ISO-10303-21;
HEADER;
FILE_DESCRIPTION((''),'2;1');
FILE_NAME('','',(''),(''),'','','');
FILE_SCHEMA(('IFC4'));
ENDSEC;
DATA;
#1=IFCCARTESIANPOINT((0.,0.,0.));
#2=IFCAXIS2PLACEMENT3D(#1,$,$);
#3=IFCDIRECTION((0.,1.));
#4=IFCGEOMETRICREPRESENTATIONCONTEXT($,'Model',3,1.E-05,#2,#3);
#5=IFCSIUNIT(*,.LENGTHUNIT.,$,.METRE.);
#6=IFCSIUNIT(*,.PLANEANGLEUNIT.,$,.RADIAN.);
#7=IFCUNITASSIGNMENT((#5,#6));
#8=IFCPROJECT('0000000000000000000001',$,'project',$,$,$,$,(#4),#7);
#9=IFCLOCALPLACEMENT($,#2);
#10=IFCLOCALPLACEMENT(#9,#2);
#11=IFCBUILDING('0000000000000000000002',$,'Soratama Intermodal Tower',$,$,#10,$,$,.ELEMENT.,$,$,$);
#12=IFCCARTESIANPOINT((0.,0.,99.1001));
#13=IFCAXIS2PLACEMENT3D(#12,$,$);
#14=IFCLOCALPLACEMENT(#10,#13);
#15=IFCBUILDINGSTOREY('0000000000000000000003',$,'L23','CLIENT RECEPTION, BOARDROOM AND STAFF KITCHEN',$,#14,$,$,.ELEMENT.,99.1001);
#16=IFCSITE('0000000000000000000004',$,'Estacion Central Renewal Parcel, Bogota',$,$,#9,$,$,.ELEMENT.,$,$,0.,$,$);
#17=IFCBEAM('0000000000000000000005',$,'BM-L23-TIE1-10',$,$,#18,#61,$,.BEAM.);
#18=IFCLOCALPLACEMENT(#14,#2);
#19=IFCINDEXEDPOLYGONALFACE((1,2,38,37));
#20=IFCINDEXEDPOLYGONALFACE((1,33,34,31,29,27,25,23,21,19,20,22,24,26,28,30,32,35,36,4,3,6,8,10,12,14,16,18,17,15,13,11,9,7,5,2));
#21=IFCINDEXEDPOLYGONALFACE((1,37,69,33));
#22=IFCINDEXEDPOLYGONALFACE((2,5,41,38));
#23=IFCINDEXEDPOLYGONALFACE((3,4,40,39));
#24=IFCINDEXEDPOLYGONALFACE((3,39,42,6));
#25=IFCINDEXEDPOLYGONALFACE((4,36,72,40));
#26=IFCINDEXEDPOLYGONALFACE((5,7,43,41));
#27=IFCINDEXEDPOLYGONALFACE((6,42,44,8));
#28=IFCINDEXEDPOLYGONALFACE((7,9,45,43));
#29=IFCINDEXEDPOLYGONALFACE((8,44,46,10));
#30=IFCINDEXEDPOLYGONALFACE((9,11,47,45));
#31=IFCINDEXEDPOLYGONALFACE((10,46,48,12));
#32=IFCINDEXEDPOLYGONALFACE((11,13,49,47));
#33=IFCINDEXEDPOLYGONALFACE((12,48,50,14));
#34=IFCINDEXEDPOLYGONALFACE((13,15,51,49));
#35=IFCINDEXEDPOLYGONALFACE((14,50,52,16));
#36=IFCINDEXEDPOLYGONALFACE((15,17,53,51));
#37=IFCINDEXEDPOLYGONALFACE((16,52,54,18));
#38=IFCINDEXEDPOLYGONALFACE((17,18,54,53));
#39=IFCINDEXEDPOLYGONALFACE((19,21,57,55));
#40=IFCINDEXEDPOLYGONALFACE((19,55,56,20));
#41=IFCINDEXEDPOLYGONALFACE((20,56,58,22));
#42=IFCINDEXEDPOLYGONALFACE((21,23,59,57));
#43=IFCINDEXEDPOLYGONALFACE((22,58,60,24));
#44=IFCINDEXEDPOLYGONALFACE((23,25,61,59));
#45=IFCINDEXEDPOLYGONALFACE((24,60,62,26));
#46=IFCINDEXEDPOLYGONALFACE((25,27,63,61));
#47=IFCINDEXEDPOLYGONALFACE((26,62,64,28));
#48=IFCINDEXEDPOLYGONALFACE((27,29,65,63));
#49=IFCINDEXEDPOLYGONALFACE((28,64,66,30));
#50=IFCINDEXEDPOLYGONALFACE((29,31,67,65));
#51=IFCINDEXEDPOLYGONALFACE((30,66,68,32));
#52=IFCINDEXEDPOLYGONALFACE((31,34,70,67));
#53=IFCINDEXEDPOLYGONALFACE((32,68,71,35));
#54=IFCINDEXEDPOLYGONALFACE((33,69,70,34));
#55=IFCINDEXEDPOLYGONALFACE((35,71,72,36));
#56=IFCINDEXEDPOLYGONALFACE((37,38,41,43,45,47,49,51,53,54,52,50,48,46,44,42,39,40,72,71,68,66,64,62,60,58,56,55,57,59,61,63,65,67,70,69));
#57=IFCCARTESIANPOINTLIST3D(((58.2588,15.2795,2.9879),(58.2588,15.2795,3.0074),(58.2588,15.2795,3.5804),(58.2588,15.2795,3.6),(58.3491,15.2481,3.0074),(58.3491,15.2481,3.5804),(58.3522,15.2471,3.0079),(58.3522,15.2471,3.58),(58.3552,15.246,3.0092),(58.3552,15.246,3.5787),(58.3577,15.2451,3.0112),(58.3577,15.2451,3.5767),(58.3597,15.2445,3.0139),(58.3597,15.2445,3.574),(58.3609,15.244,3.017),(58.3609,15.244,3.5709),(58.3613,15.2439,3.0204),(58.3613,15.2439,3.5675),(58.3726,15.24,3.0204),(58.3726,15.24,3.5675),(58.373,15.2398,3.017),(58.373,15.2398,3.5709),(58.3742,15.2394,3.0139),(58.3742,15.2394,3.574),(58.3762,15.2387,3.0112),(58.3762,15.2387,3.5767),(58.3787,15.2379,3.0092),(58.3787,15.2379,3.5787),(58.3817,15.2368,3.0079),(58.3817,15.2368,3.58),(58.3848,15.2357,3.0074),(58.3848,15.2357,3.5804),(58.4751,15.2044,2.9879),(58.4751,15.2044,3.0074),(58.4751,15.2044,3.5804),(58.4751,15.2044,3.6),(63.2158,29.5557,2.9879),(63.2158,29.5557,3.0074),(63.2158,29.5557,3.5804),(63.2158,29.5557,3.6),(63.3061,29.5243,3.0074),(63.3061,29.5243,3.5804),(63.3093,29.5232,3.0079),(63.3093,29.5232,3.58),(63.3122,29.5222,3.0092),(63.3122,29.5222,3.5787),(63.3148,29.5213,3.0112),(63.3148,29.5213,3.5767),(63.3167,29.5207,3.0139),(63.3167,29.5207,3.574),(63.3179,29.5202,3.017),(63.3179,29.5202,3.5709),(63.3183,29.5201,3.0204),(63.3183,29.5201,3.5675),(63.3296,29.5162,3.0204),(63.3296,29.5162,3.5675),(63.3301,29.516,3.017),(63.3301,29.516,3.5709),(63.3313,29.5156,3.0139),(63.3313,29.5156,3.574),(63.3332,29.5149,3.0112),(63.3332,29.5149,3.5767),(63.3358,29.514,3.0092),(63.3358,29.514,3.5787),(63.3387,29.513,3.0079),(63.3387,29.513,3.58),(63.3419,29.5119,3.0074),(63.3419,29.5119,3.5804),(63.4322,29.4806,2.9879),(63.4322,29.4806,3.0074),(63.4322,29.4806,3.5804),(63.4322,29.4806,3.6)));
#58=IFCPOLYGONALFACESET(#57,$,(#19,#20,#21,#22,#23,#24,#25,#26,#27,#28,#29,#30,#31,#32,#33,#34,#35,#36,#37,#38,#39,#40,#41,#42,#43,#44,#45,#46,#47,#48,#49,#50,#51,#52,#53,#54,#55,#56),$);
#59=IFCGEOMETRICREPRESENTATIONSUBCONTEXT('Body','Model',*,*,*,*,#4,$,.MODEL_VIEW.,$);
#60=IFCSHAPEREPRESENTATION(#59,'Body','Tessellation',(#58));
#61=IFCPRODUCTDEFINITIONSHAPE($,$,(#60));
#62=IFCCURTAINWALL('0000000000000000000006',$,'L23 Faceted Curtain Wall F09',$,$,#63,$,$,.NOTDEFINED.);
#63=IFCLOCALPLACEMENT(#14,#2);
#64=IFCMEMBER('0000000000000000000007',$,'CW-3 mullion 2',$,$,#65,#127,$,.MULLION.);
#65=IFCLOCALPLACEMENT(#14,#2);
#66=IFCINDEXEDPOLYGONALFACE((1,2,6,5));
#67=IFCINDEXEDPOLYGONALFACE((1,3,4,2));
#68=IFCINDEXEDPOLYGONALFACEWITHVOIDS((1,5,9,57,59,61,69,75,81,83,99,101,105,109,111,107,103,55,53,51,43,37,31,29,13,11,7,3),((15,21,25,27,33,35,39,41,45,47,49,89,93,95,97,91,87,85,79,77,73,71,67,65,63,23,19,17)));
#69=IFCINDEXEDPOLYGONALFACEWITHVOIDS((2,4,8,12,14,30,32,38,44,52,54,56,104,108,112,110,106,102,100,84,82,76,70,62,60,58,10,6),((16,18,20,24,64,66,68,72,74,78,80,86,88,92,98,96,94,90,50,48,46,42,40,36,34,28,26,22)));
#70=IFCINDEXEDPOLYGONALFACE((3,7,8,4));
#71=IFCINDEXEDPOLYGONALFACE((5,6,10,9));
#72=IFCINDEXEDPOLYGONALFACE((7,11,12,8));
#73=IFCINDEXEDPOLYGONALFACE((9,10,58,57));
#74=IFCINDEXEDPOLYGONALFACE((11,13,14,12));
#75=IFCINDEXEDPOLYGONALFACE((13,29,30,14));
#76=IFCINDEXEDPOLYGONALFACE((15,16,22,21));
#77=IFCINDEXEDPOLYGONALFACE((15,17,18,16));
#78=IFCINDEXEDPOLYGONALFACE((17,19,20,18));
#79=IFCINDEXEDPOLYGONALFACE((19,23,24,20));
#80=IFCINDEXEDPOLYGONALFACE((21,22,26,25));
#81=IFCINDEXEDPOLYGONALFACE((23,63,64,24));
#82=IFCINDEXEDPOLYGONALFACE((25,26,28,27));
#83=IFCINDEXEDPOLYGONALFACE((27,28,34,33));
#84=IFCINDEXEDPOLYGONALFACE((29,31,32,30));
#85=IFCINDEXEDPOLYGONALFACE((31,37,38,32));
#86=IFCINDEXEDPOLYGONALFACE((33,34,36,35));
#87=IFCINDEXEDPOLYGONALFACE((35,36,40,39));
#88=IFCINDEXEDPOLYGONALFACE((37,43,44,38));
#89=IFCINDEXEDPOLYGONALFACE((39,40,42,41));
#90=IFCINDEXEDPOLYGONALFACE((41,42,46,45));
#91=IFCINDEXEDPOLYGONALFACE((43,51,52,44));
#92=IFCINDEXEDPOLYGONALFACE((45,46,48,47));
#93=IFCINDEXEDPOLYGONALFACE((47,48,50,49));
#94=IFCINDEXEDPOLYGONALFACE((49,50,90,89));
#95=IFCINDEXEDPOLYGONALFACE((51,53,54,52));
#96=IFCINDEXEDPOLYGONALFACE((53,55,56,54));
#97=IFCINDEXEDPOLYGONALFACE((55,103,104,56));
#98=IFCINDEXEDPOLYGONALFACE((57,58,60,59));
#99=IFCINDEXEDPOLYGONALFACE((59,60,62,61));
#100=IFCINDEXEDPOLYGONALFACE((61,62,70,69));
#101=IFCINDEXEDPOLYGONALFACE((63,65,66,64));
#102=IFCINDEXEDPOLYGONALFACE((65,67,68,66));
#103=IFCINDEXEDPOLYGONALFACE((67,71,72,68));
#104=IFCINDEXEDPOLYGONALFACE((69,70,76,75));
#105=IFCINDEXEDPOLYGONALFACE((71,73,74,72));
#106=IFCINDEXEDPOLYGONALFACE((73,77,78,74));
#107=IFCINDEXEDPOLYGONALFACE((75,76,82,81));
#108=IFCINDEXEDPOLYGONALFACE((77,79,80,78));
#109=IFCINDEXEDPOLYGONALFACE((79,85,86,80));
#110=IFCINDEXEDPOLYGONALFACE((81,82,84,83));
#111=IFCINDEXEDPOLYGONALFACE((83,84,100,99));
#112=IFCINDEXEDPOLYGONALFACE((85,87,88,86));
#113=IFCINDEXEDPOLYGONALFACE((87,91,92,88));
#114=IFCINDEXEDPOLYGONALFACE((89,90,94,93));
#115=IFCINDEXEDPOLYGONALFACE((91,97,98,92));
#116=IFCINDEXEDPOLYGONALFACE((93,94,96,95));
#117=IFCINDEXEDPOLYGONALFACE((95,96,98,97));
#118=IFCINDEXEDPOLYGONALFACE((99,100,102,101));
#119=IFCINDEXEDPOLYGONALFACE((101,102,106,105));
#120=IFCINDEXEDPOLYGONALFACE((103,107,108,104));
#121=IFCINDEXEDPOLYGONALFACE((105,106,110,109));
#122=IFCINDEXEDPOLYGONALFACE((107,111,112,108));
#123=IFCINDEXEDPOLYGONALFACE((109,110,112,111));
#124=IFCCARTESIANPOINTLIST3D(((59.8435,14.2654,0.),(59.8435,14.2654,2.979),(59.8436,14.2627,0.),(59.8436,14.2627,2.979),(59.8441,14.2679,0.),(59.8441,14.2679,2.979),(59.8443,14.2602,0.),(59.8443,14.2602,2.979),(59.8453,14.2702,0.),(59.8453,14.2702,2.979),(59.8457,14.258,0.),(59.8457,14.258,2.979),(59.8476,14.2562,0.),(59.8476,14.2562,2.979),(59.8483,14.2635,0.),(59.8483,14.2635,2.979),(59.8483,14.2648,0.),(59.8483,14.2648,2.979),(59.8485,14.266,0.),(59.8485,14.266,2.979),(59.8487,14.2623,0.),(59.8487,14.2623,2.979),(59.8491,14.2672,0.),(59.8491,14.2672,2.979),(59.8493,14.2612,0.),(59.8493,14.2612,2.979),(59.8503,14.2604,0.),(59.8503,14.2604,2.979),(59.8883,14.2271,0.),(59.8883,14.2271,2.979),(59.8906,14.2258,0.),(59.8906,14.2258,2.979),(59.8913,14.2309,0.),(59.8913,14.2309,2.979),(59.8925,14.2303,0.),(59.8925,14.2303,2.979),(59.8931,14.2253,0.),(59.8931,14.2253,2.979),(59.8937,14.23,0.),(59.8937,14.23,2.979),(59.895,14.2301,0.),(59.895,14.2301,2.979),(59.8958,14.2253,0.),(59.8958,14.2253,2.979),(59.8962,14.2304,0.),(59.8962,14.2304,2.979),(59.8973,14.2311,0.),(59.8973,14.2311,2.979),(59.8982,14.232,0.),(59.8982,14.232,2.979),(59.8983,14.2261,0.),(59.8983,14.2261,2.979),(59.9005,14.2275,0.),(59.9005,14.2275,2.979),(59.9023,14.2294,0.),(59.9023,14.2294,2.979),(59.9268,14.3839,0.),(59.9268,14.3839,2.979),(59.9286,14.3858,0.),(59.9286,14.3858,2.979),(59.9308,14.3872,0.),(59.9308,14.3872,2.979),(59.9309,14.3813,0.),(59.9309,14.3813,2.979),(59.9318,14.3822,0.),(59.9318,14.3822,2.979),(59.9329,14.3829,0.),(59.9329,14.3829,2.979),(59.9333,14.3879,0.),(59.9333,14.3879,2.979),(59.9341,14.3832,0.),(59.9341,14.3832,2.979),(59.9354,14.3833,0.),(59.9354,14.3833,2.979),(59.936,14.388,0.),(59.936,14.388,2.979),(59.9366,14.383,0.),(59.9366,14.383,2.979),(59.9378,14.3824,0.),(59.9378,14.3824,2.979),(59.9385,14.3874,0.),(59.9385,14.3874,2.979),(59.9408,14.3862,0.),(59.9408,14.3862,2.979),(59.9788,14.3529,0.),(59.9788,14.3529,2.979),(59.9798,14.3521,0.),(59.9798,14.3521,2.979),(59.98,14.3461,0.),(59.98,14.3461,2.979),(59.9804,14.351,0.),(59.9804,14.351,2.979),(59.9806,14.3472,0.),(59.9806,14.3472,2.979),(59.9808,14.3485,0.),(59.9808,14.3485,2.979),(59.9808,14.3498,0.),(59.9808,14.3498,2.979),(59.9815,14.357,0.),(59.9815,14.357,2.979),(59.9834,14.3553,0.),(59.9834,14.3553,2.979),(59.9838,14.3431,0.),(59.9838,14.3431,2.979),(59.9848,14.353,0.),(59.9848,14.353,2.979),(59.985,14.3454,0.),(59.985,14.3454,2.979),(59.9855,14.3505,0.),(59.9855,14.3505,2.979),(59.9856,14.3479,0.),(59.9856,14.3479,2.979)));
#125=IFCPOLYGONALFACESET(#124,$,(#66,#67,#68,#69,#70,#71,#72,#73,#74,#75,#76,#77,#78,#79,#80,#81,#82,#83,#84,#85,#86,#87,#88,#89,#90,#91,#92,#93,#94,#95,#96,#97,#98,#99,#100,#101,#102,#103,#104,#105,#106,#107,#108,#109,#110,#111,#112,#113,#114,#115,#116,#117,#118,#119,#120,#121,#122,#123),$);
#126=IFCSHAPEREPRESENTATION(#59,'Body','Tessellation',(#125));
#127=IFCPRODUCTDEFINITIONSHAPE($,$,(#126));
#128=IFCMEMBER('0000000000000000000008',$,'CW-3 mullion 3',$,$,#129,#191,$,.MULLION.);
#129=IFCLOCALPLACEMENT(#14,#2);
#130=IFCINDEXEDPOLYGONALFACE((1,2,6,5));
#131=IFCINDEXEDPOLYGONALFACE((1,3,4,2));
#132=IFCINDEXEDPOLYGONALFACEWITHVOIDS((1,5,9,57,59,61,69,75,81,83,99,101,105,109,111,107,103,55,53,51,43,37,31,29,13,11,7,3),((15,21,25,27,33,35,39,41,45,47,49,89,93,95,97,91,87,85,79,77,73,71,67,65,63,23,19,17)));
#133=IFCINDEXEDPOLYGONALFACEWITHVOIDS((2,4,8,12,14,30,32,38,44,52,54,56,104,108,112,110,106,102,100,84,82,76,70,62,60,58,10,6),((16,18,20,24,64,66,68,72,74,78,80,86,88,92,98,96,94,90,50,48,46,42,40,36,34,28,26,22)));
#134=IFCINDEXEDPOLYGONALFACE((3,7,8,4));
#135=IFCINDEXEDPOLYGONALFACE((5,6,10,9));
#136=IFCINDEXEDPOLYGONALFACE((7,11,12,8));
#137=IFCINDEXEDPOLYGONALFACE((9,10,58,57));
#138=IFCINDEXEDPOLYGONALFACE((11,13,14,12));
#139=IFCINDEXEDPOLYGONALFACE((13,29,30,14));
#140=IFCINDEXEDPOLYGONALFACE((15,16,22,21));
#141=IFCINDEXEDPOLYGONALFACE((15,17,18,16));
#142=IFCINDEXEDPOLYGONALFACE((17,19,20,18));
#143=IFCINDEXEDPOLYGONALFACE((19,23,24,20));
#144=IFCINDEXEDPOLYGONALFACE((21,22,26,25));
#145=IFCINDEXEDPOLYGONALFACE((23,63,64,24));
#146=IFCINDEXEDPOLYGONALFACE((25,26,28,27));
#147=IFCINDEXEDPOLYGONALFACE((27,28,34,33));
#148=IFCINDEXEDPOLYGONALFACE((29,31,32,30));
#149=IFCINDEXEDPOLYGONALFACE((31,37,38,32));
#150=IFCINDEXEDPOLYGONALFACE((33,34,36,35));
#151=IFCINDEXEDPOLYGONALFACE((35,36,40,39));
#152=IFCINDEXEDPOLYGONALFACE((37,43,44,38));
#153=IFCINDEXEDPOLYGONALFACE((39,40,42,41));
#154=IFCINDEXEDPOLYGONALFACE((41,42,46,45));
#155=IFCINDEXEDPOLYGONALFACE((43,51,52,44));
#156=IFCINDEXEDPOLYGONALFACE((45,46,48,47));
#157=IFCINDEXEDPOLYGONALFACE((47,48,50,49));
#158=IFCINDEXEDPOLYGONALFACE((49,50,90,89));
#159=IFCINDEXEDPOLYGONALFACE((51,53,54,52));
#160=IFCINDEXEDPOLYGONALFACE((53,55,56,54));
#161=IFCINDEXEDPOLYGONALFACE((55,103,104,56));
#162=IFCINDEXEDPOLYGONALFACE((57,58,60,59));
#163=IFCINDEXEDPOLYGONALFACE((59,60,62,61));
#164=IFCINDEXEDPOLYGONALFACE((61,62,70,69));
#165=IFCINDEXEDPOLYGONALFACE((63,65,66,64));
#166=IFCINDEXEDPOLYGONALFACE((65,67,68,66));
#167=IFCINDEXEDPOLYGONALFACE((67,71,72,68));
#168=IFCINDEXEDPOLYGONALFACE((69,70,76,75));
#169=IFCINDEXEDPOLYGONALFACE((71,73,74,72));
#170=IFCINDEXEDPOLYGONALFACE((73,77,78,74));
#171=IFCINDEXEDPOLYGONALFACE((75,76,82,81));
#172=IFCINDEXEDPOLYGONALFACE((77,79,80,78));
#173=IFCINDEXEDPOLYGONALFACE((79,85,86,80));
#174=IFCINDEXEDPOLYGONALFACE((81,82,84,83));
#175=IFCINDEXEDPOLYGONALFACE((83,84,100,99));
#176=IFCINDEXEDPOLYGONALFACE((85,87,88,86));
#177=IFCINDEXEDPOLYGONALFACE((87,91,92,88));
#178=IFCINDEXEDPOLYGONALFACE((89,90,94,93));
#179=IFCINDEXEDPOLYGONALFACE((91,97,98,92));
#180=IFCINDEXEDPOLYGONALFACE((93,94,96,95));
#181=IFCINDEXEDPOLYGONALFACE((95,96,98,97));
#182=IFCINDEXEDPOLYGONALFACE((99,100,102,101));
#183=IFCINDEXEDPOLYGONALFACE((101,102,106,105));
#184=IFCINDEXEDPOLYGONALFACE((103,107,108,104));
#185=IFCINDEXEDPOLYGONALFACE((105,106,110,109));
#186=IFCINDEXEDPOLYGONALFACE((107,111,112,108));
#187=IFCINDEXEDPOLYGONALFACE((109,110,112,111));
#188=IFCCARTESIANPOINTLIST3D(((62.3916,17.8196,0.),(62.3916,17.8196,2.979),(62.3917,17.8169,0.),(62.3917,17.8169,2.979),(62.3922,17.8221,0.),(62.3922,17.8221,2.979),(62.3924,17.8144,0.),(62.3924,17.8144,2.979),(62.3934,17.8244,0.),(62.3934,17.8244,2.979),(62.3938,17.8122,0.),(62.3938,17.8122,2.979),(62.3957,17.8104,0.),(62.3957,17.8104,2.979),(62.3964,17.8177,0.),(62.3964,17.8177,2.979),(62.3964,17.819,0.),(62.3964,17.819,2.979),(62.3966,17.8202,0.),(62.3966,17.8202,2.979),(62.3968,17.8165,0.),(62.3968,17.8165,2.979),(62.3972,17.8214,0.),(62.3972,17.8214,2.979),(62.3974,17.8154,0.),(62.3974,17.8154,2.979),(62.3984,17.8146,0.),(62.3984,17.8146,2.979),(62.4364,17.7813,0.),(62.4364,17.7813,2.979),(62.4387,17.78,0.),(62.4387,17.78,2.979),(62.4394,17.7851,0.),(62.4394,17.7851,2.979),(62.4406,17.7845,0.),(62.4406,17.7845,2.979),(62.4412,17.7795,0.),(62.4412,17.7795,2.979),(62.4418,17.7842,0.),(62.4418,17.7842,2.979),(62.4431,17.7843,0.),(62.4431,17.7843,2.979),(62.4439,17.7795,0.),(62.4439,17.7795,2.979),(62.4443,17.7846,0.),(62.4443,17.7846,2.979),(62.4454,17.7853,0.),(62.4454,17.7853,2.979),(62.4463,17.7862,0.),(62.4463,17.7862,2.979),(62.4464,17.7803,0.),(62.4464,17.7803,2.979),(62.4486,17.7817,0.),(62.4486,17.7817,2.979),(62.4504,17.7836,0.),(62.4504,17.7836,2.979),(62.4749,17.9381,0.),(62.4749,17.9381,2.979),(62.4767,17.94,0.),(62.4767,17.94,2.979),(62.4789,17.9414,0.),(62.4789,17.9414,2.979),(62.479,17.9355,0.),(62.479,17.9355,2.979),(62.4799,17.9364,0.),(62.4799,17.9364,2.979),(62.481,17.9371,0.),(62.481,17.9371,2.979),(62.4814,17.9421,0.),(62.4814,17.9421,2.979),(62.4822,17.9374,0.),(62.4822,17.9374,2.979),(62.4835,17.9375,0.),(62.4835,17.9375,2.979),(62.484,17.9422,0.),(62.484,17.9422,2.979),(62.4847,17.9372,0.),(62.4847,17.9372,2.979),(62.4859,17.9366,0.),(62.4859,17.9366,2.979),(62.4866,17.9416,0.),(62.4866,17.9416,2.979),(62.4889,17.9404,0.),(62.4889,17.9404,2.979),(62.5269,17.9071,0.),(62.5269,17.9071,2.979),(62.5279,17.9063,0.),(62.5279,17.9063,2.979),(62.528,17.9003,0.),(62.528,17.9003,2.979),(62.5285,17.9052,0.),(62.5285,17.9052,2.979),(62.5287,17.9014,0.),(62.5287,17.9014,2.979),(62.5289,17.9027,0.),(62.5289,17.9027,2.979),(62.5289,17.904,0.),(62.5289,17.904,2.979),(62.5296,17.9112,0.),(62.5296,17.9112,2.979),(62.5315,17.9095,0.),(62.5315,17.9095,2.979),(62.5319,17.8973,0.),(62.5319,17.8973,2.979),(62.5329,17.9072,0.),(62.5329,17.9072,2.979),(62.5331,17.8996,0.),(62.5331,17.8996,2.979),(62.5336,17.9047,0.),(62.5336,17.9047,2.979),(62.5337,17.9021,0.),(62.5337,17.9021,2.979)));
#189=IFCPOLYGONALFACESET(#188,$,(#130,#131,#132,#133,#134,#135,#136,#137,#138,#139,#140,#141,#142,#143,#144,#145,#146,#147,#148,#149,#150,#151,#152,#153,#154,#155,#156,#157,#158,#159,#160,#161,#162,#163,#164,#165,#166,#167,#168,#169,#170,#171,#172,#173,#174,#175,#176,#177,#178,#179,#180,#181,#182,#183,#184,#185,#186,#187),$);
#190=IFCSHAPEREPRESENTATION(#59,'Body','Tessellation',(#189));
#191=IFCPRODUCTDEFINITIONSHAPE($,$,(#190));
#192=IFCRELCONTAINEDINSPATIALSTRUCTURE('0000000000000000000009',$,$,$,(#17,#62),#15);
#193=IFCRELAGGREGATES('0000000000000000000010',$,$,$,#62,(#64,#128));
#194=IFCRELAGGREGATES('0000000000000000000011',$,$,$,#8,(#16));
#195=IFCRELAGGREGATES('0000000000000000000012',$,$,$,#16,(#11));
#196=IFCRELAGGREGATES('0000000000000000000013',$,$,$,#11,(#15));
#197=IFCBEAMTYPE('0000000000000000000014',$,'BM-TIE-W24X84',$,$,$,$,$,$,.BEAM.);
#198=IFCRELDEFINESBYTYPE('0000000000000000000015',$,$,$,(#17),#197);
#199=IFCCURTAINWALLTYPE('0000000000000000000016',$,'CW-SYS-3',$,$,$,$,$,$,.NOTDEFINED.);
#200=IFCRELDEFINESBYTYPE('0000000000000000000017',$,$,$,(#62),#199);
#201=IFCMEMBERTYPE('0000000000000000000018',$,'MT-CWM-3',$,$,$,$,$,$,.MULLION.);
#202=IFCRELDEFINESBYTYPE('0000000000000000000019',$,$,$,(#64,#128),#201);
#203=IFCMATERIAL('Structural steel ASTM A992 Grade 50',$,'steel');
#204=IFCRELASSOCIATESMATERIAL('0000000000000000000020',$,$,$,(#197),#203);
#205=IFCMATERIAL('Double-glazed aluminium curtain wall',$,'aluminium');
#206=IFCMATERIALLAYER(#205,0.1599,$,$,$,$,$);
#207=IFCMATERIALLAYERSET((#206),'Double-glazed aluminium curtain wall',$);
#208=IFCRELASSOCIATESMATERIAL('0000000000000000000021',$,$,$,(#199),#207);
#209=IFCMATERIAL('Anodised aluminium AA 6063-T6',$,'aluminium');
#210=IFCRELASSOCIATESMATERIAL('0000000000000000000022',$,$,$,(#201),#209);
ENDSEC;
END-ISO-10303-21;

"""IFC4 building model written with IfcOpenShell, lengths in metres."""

from ifc_helpers import new_model, si_unit, direction, frame, origin, origin_2d, place, context, subcontext, project, spatial, hollow_rectangle, i_section, extrude, material, layer, layer_set, material_profile, profile_set, type_object, element, aggregate, save


model = new_model("IFC4")

# Units and contexts
model_context = context("Model", 3, precision=1e-05, world=origin(), true_north=direction((0.0, 1.0)))
body_context = subcontext(model_context, "Body", "Model", "MODEL_VIEW")
ifc_project = project(units=[si_unit("LENGTHUNIT", "METRE"), si_unit("PLANEANGLEUNIT", "RADIAN")], contexts=[model_context])

# Site, building, storey
site_placement = place(None, origin())
site = spatial("IfcSite", under=ifc_project, at=site_placement, Name="Estacion Central Renewal Parcel, Bogota", CompositionType="ELEMENT", RefElevation=0.0)
building_placement = place(site_placement, origin())
building = spatial("IfcBuilding", under=site, at=building_placement, Name="Soratama Intermodal Tower", CompositionType="ELEMENT")
storey_placement = place(building_placement, frame((0.0, 0.0, 99.1001)))
storey = spatial("IfcBuildingStorey", under=building, at=storey_placement, Name="L23", Description="CLIENT RECEPTION, BOARDROOM AND STAFF KITCHEN", CompositionType="ELEMENT", Elevation=99.1001)

# Beam
ifc_material_1 = material(Name="Structural steel ASTM A992 Grade 50", Category="steel")
ifc_material_profile_1 = material_profile(ifc_material_1, i_section(OverallWidth=0.229, OverallDepth=0.6121, WebThickness=0.012, FlangeThickness=0.0195, FilletRadius=0.0129, at=origin_2d()), Name="W24X84")
ifc_profile_set_1 = profile_set([ifc_material_profile_1], Name="Structural steel ASTM A992 Grade 50")
beam_type_1 = type_object("IfcBeamType", Name="BM-TIE-W24X84", PredefinedType="BEAM", material=ifc_profile_set_1)
beam_1_placement = place(storey_placement, frame((58.3669, 15.2419, 3.2939), z_axis=(0.328014, 0.944673, 0.0), x_axis=(-0.944673, 0.328014, 0.0)))
element("IfcBeam", 1, at=beam_1_placement, inside=storey, type_object=beam_type_1, Name="BM-L23-TIE1-10", PredefinedType="BEAM", context=body_context, shape_type="SweptSolid", body=[
    extrude(i_section(OverallWidth=0.229, OverallDepth=0.6121, WebThickness=0.012, FlangeThickness=0.0195, FilletRadius=0.0129, at=origin_2d()), origin(), (0.0, 0.0, 1.0), 15.1123),
])

# Curtain wall, members
ifc_material_2 = material(Name="Double-glazed aluminium curtain wall", Category="aluminium")
ifc_layer_1 = layer(ifc_material_2, 0.1599)
ifc_layer_set_1 = layer_set([ifc_layer_1], Name="Double-glazed aluminium curtain wall")
curtain_wall_type = type_object("IfcCurtainWallType", Name="CW-SYS-3", PredefinedType="NOTDEFINED", material=ifc_layer_set_1)
curtain_wall_placement = place(storey_placement, origin())
curtain_wall = element("IfcCurtainWall", 2, at=curtain_wall_placement, inside=storey, type_object=curtain_wall_type, Name="L23 Faceted Curtain Wall F09", PredefinedType="NOTDEFINED")
ifc_material_3 = material(Name="Anodised aluminium AA 6063-T6", Category="aluminium")
ifc_material_profile_2 = material_profile(ifc_material_3, hollow_rectangle(XDim=0.0701, YDim=0.1599, WallThickness=0.0049, InnerFilletRadius=0.0049, OuterFilletRadius=0.01, at=origin_2d()), Name="CWM160X70X5")
ifc_profile_set_2 = profile_set([ifc_material_profile_2], Name="Anodised aluminium AA 6063-T6")
member_type_1 = type_object("IfcMemberType", Name="MT-CWM-3", PredefinedType="MULLION", material=ifc_profile_set_2)
member_1_placement = place(storey_placement, frame((59.9146, 14.3066, 0.0), z_axis=(0.0, 0.0, 1.0), x_axis=(-0.812696, 0.582687, 0.0)))
member_1 = element("IfcMember", 3, at=member_1_placement, type_object=member_type_1, Name="CW-3 mullion 2", PredefinedType="MULLION", context=body_context, shape_type="SweptSolid", body=[
    extrude(hollow_rectangle(XDim=0.0701, YDim=0.1599, WallThickness=0.0049, InnerFilletRadius=0.0049, OuterFilletRadius=0.01, at=origin_2d()), origin(), (0.0, 0.0, 1.0), 2.979),
])
member_2_placement = place(storey_placement, frame((62.4626, 17.8608, 0.0), z_axis=(0.0, 0.0, 1.0), x_axis=(-0.812696, 0.582687, 0.0)))
member_2 = element("IfcMember", 4, at=member_2_placement, type_object=member_type_1, Name="CW-3 mullion 3", PredefinedType="MULLION", context=body_context, shape_type="SweptSolid", body=[
    extrude(hollow_rectangle(XDim=0.0701, YDim=0.1599, WallThickness=0.0049, InnerFilletRadius=0.0049, OuterFilletRadius=0.01, at=origin_2d()), origin(), (0.0, 0.0, 1.0), 2.979),
])
aggregate(curtain_wall, [member_1, member_2])

save(model, "model.ifc")
